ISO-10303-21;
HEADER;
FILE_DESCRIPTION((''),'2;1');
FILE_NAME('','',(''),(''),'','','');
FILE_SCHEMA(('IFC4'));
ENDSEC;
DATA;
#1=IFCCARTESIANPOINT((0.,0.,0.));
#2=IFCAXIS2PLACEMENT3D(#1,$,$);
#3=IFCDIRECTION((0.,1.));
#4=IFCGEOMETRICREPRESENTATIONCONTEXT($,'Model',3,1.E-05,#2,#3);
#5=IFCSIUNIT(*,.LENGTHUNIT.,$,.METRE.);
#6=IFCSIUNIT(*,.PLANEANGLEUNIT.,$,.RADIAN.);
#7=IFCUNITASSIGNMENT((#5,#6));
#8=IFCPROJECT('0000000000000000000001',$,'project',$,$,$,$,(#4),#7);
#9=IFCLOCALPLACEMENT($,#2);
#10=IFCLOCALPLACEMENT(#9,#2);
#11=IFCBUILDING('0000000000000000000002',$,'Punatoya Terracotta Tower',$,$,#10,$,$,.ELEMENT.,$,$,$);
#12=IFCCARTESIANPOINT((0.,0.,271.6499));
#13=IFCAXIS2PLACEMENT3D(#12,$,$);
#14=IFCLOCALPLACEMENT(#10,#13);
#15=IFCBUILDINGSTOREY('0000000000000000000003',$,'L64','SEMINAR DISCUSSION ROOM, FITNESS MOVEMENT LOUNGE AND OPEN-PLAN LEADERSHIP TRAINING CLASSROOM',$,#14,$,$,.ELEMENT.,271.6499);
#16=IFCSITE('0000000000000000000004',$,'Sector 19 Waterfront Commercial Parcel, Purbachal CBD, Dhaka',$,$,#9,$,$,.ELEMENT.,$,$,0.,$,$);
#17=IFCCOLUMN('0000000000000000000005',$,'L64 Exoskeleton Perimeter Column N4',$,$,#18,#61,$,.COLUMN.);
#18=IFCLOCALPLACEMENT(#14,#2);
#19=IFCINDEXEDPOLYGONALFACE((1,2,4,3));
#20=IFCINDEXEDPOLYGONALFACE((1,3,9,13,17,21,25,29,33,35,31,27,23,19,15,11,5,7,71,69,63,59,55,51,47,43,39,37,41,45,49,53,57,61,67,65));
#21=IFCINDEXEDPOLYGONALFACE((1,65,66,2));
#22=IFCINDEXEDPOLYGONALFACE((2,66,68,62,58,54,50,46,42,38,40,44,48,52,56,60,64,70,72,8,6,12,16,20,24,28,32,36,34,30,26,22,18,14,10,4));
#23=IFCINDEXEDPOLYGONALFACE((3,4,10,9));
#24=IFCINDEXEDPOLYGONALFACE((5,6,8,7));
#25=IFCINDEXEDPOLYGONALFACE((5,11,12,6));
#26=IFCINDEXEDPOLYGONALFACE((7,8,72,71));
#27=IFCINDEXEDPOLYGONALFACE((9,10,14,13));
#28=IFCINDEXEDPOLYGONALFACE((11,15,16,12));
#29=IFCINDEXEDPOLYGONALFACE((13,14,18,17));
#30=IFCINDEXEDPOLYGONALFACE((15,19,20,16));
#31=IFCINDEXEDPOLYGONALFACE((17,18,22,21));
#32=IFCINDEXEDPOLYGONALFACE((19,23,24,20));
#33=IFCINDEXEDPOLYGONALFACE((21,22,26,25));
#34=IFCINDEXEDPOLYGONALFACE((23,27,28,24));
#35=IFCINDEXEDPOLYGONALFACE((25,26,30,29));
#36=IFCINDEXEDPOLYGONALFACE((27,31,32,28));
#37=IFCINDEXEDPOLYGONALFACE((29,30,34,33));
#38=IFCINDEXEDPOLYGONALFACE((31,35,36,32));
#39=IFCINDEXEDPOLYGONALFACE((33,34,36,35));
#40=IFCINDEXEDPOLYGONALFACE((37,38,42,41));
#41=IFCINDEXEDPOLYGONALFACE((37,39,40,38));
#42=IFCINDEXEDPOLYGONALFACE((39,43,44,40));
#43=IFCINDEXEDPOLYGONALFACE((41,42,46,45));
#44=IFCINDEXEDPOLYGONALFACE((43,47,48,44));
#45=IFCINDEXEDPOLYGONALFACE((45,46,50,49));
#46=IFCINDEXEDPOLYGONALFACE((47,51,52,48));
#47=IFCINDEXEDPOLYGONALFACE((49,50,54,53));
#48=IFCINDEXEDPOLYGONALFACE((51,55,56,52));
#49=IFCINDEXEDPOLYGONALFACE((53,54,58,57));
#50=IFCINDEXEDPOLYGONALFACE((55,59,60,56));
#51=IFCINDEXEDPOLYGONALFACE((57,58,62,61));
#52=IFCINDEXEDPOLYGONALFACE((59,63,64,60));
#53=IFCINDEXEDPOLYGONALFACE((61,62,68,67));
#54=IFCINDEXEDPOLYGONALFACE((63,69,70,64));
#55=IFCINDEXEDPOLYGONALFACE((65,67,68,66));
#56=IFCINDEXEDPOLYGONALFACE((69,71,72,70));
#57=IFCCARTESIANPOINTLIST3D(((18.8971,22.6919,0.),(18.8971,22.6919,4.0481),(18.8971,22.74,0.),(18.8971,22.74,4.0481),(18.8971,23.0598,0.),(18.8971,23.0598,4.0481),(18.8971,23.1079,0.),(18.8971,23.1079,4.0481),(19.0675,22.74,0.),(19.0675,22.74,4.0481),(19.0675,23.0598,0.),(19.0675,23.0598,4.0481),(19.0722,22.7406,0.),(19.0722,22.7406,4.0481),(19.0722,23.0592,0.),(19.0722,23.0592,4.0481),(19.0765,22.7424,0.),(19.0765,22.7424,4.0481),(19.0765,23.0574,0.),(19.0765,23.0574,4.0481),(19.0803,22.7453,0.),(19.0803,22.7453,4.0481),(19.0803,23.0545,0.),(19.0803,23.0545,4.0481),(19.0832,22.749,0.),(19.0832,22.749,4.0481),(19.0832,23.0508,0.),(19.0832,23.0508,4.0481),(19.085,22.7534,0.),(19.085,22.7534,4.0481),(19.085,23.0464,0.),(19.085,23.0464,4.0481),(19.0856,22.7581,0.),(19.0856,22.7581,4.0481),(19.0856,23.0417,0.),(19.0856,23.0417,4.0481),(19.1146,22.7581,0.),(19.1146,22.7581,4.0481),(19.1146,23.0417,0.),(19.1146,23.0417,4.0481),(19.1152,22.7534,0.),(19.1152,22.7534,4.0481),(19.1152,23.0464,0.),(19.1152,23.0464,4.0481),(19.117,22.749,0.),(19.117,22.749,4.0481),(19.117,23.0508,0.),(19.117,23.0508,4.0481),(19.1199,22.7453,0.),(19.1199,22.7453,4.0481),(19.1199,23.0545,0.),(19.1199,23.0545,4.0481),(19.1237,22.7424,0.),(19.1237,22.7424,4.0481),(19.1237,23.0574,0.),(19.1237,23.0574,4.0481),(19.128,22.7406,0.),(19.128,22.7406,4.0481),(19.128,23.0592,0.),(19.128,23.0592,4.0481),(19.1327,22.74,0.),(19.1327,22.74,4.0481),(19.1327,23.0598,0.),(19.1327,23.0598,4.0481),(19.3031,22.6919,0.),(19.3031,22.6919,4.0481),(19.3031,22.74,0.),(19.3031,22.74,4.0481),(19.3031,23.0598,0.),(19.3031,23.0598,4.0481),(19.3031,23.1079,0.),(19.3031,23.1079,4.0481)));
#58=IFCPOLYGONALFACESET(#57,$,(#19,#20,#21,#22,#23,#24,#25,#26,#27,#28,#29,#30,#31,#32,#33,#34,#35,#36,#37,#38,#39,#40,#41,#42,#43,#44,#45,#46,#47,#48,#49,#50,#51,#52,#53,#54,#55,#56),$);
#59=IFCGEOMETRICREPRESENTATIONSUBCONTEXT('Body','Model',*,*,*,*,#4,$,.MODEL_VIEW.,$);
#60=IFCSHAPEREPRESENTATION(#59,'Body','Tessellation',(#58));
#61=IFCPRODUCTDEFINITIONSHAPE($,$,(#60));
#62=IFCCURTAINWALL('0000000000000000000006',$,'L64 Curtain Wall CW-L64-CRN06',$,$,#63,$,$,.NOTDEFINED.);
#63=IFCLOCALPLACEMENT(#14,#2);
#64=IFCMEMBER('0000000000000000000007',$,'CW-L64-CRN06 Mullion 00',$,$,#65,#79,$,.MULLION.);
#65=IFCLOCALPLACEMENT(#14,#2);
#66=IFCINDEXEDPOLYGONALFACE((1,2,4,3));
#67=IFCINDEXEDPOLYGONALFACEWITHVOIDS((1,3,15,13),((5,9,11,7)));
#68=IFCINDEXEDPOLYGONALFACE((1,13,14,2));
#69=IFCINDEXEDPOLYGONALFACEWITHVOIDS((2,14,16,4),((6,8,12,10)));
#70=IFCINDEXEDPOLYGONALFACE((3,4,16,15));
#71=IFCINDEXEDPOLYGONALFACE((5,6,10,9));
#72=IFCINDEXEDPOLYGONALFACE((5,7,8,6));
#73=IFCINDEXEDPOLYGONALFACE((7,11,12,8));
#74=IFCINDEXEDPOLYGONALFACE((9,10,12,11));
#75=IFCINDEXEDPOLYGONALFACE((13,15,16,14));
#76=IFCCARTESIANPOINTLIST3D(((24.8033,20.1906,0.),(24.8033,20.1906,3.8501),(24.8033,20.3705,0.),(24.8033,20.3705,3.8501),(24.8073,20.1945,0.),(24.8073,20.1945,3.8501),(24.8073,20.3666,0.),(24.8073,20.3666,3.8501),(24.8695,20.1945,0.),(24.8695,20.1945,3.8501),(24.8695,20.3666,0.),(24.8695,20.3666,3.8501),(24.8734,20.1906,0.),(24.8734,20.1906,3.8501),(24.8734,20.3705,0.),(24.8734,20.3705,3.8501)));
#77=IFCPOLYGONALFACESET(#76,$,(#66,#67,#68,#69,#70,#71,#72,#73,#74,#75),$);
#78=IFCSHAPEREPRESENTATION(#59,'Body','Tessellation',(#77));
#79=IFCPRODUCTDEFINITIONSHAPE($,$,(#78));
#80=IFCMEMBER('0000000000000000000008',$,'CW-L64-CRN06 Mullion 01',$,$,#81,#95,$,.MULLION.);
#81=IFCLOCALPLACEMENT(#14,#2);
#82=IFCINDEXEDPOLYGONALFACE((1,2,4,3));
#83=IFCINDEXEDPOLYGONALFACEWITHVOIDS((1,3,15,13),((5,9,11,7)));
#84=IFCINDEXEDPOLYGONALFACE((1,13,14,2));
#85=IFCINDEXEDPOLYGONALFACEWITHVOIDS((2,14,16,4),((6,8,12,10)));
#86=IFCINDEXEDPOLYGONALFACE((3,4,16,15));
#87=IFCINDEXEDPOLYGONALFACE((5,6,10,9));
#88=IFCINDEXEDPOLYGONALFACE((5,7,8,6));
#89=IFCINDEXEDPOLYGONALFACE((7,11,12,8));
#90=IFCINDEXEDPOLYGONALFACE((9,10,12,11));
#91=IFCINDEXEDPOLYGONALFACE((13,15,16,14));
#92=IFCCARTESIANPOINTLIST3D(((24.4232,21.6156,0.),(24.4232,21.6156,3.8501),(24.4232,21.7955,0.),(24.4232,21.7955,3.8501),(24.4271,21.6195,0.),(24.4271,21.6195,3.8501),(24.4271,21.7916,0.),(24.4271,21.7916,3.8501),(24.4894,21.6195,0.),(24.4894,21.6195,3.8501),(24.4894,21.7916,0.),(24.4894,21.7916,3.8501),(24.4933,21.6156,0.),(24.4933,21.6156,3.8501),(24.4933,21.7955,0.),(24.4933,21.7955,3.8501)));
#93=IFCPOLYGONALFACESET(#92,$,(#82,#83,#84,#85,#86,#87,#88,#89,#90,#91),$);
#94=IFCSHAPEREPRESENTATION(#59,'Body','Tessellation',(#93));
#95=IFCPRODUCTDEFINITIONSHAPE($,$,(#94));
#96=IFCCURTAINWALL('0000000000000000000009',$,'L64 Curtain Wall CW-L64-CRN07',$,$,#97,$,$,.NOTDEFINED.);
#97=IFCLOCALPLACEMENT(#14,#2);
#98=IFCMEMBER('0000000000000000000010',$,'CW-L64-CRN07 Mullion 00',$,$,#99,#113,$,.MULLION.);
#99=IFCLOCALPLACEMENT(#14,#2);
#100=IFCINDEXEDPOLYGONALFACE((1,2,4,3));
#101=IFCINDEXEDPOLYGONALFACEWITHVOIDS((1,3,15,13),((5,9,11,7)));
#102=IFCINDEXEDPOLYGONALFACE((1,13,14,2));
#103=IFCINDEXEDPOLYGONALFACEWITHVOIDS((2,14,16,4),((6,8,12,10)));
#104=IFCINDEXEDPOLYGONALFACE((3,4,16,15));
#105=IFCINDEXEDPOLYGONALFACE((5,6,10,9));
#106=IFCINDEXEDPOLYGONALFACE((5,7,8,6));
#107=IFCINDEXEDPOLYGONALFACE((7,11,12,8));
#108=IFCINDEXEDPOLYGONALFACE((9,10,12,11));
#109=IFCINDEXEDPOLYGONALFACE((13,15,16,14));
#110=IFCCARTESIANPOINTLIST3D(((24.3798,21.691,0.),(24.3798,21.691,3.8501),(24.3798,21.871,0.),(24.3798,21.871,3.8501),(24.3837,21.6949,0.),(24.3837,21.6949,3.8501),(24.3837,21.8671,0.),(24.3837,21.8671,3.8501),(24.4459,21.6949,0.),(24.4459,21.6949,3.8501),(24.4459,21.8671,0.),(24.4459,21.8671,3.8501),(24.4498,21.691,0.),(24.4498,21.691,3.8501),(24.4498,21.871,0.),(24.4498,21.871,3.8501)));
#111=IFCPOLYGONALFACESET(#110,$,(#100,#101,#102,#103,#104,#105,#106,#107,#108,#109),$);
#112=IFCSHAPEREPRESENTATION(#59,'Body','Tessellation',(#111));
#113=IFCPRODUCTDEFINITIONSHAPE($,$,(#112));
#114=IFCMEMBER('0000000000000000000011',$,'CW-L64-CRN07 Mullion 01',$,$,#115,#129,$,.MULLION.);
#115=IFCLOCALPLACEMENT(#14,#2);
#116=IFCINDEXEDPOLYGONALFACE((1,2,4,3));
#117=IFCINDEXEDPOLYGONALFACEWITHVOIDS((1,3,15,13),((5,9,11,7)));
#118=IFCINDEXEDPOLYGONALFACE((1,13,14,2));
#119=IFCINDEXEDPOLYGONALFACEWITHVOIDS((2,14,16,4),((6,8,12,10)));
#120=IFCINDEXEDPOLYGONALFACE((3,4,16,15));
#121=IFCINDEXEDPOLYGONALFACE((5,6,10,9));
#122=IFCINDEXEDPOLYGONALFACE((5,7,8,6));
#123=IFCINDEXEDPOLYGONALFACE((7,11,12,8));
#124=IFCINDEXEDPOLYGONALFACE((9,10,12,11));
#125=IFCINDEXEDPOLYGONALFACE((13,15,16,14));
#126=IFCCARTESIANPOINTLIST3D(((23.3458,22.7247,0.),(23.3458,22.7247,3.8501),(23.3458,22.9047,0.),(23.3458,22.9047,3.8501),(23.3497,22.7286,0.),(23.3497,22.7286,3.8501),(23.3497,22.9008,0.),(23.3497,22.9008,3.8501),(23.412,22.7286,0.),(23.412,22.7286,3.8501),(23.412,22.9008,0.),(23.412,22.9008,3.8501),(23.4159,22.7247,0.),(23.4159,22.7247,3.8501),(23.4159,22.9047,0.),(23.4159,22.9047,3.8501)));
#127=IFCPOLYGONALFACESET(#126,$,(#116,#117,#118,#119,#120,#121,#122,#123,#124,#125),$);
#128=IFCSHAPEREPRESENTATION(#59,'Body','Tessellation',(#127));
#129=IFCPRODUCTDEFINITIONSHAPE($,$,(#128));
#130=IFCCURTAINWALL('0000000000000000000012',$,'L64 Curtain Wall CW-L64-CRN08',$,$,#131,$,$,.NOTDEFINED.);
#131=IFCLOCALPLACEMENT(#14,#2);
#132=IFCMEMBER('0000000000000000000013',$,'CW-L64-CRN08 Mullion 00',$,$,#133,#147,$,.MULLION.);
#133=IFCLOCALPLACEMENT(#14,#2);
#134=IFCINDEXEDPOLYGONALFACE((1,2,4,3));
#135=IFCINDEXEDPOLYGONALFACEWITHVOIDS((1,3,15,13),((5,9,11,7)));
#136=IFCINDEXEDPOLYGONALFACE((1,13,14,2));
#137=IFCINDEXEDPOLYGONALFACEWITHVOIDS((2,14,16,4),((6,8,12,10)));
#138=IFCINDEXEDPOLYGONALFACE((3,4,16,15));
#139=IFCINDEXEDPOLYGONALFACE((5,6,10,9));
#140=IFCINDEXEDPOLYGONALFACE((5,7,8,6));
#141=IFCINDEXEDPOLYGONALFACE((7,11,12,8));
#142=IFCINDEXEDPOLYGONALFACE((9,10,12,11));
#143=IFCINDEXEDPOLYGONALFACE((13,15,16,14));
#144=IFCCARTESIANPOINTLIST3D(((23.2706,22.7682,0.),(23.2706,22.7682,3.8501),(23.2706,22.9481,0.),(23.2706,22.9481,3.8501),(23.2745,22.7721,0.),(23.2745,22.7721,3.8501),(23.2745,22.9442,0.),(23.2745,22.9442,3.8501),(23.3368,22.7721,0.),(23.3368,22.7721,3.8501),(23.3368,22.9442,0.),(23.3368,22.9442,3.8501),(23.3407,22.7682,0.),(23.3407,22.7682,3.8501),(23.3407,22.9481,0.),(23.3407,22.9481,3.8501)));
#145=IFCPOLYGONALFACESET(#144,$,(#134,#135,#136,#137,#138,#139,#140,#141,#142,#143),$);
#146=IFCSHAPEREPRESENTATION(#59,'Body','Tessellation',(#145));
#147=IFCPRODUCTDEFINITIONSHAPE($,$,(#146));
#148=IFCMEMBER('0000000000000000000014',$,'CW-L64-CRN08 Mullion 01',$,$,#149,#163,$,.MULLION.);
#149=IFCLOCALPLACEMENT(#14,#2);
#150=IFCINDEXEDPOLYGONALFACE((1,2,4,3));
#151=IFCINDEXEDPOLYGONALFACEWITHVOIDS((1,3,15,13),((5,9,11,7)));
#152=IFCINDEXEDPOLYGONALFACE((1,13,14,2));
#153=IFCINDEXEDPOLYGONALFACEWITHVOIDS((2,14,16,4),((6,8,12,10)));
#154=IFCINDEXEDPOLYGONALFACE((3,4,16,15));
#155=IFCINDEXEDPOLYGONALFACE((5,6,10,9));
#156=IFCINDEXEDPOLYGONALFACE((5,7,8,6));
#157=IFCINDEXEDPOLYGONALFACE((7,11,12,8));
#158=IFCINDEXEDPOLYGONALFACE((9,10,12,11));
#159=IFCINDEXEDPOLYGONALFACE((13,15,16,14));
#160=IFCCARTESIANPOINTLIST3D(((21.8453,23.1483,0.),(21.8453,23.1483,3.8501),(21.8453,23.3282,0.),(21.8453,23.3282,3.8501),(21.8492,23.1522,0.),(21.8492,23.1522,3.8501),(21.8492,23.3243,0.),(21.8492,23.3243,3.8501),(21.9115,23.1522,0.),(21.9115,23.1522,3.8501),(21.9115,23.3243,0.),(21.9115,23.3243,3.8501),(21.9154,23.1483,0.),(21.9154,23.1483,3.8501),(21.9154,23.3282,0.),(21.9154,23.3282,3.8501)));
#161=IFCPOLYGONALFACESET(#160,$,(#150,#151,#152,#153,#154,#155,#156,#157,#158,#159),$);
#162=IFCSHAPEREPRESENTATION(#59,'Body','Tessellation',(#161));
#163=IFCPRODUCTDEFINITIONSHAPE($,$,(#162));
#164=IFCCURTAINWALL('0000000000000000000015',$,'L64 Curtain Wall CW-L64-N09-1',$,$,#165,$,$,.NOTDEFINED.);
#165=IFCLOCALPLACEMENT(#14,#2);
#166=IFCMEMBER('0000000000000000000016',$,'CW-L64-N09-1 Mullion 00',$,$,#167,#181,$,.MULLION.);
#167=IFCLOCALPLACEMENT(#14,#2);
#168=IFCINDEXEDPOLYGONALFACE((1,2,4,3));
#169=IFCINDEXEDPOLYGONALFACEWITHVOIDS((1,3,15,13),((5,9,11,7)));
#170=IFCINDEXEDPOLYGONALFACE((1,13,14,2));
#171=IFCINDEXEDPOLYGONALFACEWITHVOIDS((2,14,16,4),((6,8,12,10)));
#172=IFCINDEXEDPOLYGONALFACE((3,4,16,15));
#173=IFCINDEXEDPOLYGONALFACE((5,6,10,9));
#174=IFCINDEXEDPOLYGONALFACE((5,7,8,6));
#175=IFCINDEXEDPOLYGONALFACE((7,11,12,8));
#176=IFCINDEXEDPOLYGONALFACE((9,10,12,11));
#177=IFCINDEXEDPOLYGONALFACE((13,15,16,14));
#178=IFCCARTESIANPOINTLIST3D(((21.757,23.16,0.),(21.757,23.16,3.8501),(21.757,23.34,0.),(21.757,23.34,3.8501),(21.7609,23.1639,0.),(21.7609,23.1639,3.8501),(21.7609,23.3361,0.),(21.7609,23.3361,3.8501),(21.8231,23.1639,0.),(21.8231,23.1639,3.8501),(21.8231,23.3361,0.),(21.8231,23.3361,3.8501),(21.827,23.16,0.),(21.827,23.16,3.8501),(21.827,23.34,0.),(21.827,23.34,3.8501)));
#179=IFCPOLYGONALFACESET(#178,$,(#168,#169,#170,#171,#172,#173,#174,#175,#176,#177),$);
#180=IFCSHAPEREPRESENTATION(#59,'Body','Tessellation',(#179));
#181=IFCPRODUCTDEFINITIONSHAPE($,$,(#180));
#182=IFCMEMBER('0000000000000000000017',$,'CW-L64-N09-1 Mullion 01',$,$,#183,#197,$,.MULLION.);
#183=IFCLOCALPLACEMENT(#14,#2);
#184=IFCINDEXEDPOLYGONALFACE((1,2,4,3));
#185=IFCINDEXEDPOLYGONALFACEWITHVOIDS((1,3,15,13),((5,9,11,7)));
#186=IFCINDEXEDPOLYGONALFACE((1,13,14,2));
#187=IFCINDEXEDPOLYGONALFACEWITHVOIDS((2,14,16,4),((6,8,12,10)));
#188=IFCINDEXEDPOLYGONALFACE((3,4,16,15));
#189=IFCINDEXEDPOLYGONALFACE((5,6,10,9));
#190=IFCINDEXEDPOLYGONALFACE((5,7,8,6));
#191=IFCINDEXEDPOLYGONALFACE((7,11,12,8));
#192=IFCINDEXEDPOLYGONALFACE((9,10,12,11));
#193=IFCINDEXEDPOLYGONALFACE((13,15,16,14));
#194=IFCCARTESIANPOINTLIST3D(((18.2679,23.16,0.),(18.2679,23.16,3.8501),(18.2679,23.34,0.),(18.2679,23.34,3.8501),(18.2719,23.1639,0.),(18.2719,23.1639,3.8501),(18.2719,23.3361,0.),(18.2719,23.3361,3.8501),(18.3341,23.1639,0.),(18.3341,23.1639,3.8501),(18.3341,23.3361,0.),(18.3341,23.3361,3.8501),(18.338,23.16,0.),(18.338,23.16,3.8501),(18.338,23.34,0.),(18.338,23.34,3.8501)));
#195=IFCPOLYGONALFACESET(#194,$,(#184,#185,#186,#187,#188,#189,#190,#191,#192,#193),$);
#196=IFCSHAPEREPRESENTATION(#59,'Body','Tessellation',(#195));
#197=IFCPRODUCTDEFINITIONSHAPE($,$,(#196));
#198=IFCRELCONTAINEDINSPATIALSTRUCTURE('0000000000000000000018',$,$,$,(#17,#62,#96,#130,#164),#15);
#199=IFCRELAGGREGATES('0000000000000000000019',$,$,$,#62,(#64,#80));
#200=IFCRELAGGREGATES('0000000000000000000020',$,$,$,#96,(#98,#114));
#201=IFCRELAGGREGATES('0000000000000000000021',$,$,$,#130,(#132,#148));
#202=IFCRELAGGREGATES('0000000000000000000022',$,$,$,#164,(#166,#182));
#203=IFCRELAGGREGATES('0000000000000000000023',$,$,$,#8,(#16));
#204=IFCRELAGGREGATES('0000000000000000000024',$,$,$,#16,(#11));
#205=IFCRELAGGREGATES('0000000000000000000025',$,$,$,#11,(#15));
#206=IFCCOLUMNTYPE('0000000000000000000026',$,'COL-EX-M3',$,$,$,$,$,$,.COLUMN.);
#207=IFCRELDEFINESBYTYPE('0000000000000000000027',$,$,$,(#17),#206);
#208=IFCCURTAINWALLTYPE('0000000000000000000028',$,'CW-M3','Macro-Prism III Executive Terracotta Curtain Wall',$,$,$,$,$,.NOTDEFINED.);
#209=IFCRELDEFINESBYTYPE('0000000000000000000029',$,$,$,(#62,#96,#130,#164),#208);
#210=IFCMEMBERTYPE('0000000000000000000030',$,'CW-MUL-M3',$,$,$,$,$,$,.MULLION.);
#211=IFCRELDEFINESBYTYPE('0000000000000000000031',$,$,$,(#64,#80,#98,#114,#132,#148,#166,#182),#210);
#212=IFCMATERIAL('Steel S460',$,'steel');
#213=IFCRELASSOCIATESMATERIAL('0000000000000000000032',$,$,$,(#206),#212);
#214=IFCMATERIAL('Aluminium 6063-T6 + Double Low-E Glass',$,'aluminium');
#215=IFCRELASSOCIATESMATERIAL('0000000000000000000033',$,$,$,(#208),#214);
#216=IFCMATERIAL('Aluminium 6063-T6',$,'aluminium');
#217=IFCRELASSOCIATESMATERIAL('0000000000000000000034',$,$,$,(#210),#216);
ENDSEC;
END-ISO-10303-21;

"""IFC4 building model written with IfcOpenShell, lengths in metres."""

from ifc_helpers import new_model, si_unit, direction, frame, origin, origin_2d, place, context, subcontext, project, spatial, hollow_rectangle, i_section, extrude, material, material_profile, profile_set, type_object, element, aggregate, save


model = new_model("IFC4")

# Units and contexts
model_context = context("Model", 3, precision=1e-05, world=origin(), true_north=direction((0.0, 1.0)))
body_context = subcontext(model_context, "Body", "Model", "MODEL_VIEW")
ifc_project = project(units=[si_unit("LENGTHUNIT", "METRE"), si_unit("PLANEANGLEUNIT", "RADIAN")], contexts=[model_context])

# Site, building, storey
site_placement = place(None, origin())
site = spatial("IfcSite", under=ifc_project, at=site_placement, Name="Sector 19 Waterfront Commercial Parcel, Purbachal CBD, Dhaka", CompositionType="ELEMENT", RefElevation=0.0)
building_placement = place(site_placement, origin())
building = spatial("IfcBuilding", under=site, at=building_placement, Name="Punatoya Terracotta Tower", CompositionType="ELEMENT")
storey_placement = place(building_placement, frame((0.0, 0.0, 271.6499)))
storey = spatial("IfcBuildingStorey", under=building, at=storey_placement, Name="L64", Description="SEMINAR DISCUSSION ROOM, FITNESS MOVEMENT LOUNGE AND OPEN-PLAN LEADERSHIP TRAINING CLASSROOM", CompositionType="ELEMENT", Elevation=271.6499)

# Column
ifc_material_1 = material(Name="Steel S460", Category="steel")
ifc_material_profile_1 = material_profile(ifc_material_1, i_section(OverallWidth=0.406, OverallDepth=0.416, WebThickness=0.0291, FlangeThickness=0.0481, FilletRadius=0.0181, at=origin_2d()))
ifc_profile_set_1 = profile_set([ifc_material_profile_1], Name="Steel S460")
column_type = type_object("IfcColumnType", Name="COL-EX-M3", PredefinedType="COLUMN", material=ifc_profile_set_1)
column_placement = place(storey_placement, frame((19.1001, 22.8999, 0.0), z_axis=(0.0, 0.0, 1.0), x_axis=(1.0, 0.0, 0.0)))
element("IfcColumn", 1, at=column_placement, inside=storey, type_object=column_type, Name="L64 Exoskeleton Perimeter Column N4", PredefinedType="COLUMN", context=body_context, shape_type="SweptSolid", body=[
    extrude(i_section(OverallWidth=0.406, OverallDepth=0.416, WebThickness=0.0291, FlangeThickness=0.0481, FilletRadius=0.0181, at=origin_2d()), origin(), (0.0, 0.0, 1.0), 4.0481),
])

# Curtain walls, members
ifc_material_2 = material(Name="Aluminium 6063-T6 + Double Low-E Glass", Category="aluminium")
curtain_wall_type = type_object("IfcCurtainWallType", Name="CW-M3", Description="Macro-Prism III Executive Terracotta Curtain Wall", PredefinedType="NOTDEFINED", material=ifc_material_2)
curtain_wall_1_placement = place(storey_placement, origin())
curtain_wall_1 = element("IfcCurtainWall", 2, at=curtain_wall_1_placement, inside=storey, type_object=curtain_wall_type, Name="L64 Curtain Wall CW-L64-CRN06", PredefinedType="NOTDEFINED")
ifc_material_3 = material(Name="Aluminium 6063-T6", Category="aluminium")
ifc_material_profile_2 = material_profile(ifc_material_3, hollow_rectangle(XDim=0.0701, YDim=0.1799, WallThickness=0.0039, at=origin_2d()))
ifc_profile_set_2 = profile_set([ifc_material_profile_2], Name="Aluminium 6063-T6")
member_type_1 = type_object("IfcMemberType", Name="CW-MUL-M3", PredefinedType="MULLION", material=ifc_profile_set_2)
member_1_placement = place(storey_placement, frame((24.8384, 20.2805, 0.0), z_axis=(0.0, 0.0, 1.0), x_axis=(1.0, 0.0, 0.0)))
member_1 = element("IfcMember", 3, at=member_1_placement, type_object=member_type_1, Name="CW-L64-CRN06 Mullion 00", PredefinedType="MULLION", context=body_context, shape_type="SweptSolid", body=[
    extrude(hollow_rectangle(XDim=0.0701, YDim=0.1799, WallThickness=0.0039, at=origin_2d()), origin(), (0.0, 0.0, 1.0), 3.8501),
])
member_2_placement = place(storey_placement, frame((24.4583, 21.7056, 0.0), z_axis=(0.0, 0.0, 1.0), x_axis=(1.0, 0.0, 0.0)))
member_2 = element("IfcMember", 4, at=member_2_placement, type_object=member_type_1, Name="CW-L64-CRN06 Mullion 01", PredefinedType="MULLION", context=body_context, shape_type="SweptSolid", body=[
    extrude(hollow_rectangle(XDim=0.0701, YDim=0.1799, WallThickness=0.0039, at=origin_2d()), origin(), (0.0, 0.0, 1.0), 3.8501),
])
curtain_wall_2_placement = place(storey_placement, origin())
curtain_wall_2 = element("IfcCurtainWall", 5, at=curtain_wall_2_placement, inside=storey, type_object=curtain_wall_type, Name="L64 Curtain Wall CW-L64-CRN07", PredefinedType="NOTDEFINED")
member_3_placement = place(storey_placement, frame((24.4148, 21.781, 0.0), z_axis=(0.0, 0.0, 1.0), x_axis=(1.0, 0.0, 0.0)))
member_3 = element("IfcMember", 6, at=member_3_placement, type_object=member_type_1, Name="CW-L64-CRN07 Mullion 00", PredefinedType="MULLION", context=body_context, shape_type="SweptSolid", body=[
    extrude(hollow_rectangle(XDim=0.0701, YDim=0.1799, WallThickness=0.0039, at=origin_2d()), origin(), (0.0, 0.0, 1.0), 3.8501),
])
member_4_placement = place(storey_placement, frame((23.3809, 22.8147, 0.0), z_axis=(0.0, 0.0, 1.0), x_axis=(1.0, 0.0, 0.0)))
member_4 = element("IfcMember", 7, at=member_4_placement, type_object=member_type_1, Name="CW-L64-CRN07 Mullion 01", PredefinedType="MULLION", context=body_context, shape_type="SweptSolid", body=[
    extrude(hollow_rectangle(XDim=0.0701, YDim=0.1799, WallThickness=0.0039, at=origin_2d()), origin(), (0.0, 0.0, 1.0), 3.8501),
])
curtain_wall_3_placement = place(storey_placement, origin())
curtain_wall_3 = element("IfcCurtainWall", 8, at=curtain_wall_3_placement, inside=storey, type_object=curtain_wall_type, Name="L64 Curtain Wall CW-L64-CRN08", PredefinedType="NOTDEFINED")
member_5_placement = place(storey_placement, frame((23.3057, 22.8582, 0.0), z_axis=(0.0, 0.0, 1.0), x_axis=(1.0, 0.0, 0.0)))
member_5 = element("IfcMember", 9, at=member_5_placement, type_object=member_type_1, Name="CW-L64-CRN08 Mullion 00", PredefinedType="MULLION", context=body_context, shape_type="SweptSolid", body=[
    extrude(hollow_rectangle(XDim=0.0701, YDim=0.1799, WallThickness=0.0039, at=origin_2d()), origin(), (0.0, 0.0, 1.0), 3.8501),
])
member_6_placement = place(storey_placement, frame((21.8804, 23.2383, 0.0), z_axis=(0.0, 0.0, 1.0), x_axis=(1.0, 0.0, 0.0)))
member_6 = element("IfcMember", 10, at=member_6_placement, type_object=member_type_1, Name="CW-L64-CRN08 Mullion 01", PredefinedType="MULLION", context=body_context, shape_type="SweptSolid", body=[
    extrude(hollow_rectangle(XDim=0.0701, YDim=0.1799, WallThickness=0.0039, at=origin_2d()), origin(), (0.0, 0.0, 1.0), 3.8501),
])
curtain_wall_4_placement = place(storey_placement, origin())
curtain_wall_4 = element("IfcCurtainWall", 11, at=curtain_wall_4_placement, inside=storey, type_object=curtain_wall_type, Name="L64 Curtain Wall CW-L64-N09-1", PredefinedType="NOTDEFINED")
member_7_placement = place(storey_placement, frame((21.792, 23.25, 0.0), z_axis=(0.0, 0.0, 1.0), x_axis=(1.0, 0.0, 0.0)))
member_7 = element("IfcMember", 12, at=member_7_placement, type_object=member_type_1, Name="CW-L64-N09-1 Mullion 00", PredefinedType="MULLION", context=body_context, shape_type="SweptSolid", body=[
    extrude(hollow_rectangle(XDim=0.0701, YDim=0.1799, WallThickness=0.0039, at=origin_2d()), origin(), (0.0, 0.0, 1.0), 3.8501),
])
member_8_placement = place(storey_placement, frame((18.303, 23.25, 0.0), z_axis=(0.0, 0.0, 1.0), x_axis=(1.0, 0.0, 0.0)))
member_8 = element("IfcMember", 13, at=member_8_placement, type_object=member_type_1, Name="CW-L64-N09-1 Mullion 01", PredefinedType="MULLION", context=body_context, shape_type="SweptSolid", body=[
    extrude(hollow_rectangle(XDim=0.0701, YDim=0.1799, WallThickness=0.0039, at=origin_2d()), origin(), (0.0, 0.0, 1.0), 3.8501),
])

aggregate(curtain_wall_1, [member_1, member_2])
aggregate(curtain_wall_2, [member_3, member_4])
aggregate(curtain_wall_3, [member_5, member_6])
aggregate(curtain_wall_4, [member_7, member_8])

save(model, "model.ifc")
